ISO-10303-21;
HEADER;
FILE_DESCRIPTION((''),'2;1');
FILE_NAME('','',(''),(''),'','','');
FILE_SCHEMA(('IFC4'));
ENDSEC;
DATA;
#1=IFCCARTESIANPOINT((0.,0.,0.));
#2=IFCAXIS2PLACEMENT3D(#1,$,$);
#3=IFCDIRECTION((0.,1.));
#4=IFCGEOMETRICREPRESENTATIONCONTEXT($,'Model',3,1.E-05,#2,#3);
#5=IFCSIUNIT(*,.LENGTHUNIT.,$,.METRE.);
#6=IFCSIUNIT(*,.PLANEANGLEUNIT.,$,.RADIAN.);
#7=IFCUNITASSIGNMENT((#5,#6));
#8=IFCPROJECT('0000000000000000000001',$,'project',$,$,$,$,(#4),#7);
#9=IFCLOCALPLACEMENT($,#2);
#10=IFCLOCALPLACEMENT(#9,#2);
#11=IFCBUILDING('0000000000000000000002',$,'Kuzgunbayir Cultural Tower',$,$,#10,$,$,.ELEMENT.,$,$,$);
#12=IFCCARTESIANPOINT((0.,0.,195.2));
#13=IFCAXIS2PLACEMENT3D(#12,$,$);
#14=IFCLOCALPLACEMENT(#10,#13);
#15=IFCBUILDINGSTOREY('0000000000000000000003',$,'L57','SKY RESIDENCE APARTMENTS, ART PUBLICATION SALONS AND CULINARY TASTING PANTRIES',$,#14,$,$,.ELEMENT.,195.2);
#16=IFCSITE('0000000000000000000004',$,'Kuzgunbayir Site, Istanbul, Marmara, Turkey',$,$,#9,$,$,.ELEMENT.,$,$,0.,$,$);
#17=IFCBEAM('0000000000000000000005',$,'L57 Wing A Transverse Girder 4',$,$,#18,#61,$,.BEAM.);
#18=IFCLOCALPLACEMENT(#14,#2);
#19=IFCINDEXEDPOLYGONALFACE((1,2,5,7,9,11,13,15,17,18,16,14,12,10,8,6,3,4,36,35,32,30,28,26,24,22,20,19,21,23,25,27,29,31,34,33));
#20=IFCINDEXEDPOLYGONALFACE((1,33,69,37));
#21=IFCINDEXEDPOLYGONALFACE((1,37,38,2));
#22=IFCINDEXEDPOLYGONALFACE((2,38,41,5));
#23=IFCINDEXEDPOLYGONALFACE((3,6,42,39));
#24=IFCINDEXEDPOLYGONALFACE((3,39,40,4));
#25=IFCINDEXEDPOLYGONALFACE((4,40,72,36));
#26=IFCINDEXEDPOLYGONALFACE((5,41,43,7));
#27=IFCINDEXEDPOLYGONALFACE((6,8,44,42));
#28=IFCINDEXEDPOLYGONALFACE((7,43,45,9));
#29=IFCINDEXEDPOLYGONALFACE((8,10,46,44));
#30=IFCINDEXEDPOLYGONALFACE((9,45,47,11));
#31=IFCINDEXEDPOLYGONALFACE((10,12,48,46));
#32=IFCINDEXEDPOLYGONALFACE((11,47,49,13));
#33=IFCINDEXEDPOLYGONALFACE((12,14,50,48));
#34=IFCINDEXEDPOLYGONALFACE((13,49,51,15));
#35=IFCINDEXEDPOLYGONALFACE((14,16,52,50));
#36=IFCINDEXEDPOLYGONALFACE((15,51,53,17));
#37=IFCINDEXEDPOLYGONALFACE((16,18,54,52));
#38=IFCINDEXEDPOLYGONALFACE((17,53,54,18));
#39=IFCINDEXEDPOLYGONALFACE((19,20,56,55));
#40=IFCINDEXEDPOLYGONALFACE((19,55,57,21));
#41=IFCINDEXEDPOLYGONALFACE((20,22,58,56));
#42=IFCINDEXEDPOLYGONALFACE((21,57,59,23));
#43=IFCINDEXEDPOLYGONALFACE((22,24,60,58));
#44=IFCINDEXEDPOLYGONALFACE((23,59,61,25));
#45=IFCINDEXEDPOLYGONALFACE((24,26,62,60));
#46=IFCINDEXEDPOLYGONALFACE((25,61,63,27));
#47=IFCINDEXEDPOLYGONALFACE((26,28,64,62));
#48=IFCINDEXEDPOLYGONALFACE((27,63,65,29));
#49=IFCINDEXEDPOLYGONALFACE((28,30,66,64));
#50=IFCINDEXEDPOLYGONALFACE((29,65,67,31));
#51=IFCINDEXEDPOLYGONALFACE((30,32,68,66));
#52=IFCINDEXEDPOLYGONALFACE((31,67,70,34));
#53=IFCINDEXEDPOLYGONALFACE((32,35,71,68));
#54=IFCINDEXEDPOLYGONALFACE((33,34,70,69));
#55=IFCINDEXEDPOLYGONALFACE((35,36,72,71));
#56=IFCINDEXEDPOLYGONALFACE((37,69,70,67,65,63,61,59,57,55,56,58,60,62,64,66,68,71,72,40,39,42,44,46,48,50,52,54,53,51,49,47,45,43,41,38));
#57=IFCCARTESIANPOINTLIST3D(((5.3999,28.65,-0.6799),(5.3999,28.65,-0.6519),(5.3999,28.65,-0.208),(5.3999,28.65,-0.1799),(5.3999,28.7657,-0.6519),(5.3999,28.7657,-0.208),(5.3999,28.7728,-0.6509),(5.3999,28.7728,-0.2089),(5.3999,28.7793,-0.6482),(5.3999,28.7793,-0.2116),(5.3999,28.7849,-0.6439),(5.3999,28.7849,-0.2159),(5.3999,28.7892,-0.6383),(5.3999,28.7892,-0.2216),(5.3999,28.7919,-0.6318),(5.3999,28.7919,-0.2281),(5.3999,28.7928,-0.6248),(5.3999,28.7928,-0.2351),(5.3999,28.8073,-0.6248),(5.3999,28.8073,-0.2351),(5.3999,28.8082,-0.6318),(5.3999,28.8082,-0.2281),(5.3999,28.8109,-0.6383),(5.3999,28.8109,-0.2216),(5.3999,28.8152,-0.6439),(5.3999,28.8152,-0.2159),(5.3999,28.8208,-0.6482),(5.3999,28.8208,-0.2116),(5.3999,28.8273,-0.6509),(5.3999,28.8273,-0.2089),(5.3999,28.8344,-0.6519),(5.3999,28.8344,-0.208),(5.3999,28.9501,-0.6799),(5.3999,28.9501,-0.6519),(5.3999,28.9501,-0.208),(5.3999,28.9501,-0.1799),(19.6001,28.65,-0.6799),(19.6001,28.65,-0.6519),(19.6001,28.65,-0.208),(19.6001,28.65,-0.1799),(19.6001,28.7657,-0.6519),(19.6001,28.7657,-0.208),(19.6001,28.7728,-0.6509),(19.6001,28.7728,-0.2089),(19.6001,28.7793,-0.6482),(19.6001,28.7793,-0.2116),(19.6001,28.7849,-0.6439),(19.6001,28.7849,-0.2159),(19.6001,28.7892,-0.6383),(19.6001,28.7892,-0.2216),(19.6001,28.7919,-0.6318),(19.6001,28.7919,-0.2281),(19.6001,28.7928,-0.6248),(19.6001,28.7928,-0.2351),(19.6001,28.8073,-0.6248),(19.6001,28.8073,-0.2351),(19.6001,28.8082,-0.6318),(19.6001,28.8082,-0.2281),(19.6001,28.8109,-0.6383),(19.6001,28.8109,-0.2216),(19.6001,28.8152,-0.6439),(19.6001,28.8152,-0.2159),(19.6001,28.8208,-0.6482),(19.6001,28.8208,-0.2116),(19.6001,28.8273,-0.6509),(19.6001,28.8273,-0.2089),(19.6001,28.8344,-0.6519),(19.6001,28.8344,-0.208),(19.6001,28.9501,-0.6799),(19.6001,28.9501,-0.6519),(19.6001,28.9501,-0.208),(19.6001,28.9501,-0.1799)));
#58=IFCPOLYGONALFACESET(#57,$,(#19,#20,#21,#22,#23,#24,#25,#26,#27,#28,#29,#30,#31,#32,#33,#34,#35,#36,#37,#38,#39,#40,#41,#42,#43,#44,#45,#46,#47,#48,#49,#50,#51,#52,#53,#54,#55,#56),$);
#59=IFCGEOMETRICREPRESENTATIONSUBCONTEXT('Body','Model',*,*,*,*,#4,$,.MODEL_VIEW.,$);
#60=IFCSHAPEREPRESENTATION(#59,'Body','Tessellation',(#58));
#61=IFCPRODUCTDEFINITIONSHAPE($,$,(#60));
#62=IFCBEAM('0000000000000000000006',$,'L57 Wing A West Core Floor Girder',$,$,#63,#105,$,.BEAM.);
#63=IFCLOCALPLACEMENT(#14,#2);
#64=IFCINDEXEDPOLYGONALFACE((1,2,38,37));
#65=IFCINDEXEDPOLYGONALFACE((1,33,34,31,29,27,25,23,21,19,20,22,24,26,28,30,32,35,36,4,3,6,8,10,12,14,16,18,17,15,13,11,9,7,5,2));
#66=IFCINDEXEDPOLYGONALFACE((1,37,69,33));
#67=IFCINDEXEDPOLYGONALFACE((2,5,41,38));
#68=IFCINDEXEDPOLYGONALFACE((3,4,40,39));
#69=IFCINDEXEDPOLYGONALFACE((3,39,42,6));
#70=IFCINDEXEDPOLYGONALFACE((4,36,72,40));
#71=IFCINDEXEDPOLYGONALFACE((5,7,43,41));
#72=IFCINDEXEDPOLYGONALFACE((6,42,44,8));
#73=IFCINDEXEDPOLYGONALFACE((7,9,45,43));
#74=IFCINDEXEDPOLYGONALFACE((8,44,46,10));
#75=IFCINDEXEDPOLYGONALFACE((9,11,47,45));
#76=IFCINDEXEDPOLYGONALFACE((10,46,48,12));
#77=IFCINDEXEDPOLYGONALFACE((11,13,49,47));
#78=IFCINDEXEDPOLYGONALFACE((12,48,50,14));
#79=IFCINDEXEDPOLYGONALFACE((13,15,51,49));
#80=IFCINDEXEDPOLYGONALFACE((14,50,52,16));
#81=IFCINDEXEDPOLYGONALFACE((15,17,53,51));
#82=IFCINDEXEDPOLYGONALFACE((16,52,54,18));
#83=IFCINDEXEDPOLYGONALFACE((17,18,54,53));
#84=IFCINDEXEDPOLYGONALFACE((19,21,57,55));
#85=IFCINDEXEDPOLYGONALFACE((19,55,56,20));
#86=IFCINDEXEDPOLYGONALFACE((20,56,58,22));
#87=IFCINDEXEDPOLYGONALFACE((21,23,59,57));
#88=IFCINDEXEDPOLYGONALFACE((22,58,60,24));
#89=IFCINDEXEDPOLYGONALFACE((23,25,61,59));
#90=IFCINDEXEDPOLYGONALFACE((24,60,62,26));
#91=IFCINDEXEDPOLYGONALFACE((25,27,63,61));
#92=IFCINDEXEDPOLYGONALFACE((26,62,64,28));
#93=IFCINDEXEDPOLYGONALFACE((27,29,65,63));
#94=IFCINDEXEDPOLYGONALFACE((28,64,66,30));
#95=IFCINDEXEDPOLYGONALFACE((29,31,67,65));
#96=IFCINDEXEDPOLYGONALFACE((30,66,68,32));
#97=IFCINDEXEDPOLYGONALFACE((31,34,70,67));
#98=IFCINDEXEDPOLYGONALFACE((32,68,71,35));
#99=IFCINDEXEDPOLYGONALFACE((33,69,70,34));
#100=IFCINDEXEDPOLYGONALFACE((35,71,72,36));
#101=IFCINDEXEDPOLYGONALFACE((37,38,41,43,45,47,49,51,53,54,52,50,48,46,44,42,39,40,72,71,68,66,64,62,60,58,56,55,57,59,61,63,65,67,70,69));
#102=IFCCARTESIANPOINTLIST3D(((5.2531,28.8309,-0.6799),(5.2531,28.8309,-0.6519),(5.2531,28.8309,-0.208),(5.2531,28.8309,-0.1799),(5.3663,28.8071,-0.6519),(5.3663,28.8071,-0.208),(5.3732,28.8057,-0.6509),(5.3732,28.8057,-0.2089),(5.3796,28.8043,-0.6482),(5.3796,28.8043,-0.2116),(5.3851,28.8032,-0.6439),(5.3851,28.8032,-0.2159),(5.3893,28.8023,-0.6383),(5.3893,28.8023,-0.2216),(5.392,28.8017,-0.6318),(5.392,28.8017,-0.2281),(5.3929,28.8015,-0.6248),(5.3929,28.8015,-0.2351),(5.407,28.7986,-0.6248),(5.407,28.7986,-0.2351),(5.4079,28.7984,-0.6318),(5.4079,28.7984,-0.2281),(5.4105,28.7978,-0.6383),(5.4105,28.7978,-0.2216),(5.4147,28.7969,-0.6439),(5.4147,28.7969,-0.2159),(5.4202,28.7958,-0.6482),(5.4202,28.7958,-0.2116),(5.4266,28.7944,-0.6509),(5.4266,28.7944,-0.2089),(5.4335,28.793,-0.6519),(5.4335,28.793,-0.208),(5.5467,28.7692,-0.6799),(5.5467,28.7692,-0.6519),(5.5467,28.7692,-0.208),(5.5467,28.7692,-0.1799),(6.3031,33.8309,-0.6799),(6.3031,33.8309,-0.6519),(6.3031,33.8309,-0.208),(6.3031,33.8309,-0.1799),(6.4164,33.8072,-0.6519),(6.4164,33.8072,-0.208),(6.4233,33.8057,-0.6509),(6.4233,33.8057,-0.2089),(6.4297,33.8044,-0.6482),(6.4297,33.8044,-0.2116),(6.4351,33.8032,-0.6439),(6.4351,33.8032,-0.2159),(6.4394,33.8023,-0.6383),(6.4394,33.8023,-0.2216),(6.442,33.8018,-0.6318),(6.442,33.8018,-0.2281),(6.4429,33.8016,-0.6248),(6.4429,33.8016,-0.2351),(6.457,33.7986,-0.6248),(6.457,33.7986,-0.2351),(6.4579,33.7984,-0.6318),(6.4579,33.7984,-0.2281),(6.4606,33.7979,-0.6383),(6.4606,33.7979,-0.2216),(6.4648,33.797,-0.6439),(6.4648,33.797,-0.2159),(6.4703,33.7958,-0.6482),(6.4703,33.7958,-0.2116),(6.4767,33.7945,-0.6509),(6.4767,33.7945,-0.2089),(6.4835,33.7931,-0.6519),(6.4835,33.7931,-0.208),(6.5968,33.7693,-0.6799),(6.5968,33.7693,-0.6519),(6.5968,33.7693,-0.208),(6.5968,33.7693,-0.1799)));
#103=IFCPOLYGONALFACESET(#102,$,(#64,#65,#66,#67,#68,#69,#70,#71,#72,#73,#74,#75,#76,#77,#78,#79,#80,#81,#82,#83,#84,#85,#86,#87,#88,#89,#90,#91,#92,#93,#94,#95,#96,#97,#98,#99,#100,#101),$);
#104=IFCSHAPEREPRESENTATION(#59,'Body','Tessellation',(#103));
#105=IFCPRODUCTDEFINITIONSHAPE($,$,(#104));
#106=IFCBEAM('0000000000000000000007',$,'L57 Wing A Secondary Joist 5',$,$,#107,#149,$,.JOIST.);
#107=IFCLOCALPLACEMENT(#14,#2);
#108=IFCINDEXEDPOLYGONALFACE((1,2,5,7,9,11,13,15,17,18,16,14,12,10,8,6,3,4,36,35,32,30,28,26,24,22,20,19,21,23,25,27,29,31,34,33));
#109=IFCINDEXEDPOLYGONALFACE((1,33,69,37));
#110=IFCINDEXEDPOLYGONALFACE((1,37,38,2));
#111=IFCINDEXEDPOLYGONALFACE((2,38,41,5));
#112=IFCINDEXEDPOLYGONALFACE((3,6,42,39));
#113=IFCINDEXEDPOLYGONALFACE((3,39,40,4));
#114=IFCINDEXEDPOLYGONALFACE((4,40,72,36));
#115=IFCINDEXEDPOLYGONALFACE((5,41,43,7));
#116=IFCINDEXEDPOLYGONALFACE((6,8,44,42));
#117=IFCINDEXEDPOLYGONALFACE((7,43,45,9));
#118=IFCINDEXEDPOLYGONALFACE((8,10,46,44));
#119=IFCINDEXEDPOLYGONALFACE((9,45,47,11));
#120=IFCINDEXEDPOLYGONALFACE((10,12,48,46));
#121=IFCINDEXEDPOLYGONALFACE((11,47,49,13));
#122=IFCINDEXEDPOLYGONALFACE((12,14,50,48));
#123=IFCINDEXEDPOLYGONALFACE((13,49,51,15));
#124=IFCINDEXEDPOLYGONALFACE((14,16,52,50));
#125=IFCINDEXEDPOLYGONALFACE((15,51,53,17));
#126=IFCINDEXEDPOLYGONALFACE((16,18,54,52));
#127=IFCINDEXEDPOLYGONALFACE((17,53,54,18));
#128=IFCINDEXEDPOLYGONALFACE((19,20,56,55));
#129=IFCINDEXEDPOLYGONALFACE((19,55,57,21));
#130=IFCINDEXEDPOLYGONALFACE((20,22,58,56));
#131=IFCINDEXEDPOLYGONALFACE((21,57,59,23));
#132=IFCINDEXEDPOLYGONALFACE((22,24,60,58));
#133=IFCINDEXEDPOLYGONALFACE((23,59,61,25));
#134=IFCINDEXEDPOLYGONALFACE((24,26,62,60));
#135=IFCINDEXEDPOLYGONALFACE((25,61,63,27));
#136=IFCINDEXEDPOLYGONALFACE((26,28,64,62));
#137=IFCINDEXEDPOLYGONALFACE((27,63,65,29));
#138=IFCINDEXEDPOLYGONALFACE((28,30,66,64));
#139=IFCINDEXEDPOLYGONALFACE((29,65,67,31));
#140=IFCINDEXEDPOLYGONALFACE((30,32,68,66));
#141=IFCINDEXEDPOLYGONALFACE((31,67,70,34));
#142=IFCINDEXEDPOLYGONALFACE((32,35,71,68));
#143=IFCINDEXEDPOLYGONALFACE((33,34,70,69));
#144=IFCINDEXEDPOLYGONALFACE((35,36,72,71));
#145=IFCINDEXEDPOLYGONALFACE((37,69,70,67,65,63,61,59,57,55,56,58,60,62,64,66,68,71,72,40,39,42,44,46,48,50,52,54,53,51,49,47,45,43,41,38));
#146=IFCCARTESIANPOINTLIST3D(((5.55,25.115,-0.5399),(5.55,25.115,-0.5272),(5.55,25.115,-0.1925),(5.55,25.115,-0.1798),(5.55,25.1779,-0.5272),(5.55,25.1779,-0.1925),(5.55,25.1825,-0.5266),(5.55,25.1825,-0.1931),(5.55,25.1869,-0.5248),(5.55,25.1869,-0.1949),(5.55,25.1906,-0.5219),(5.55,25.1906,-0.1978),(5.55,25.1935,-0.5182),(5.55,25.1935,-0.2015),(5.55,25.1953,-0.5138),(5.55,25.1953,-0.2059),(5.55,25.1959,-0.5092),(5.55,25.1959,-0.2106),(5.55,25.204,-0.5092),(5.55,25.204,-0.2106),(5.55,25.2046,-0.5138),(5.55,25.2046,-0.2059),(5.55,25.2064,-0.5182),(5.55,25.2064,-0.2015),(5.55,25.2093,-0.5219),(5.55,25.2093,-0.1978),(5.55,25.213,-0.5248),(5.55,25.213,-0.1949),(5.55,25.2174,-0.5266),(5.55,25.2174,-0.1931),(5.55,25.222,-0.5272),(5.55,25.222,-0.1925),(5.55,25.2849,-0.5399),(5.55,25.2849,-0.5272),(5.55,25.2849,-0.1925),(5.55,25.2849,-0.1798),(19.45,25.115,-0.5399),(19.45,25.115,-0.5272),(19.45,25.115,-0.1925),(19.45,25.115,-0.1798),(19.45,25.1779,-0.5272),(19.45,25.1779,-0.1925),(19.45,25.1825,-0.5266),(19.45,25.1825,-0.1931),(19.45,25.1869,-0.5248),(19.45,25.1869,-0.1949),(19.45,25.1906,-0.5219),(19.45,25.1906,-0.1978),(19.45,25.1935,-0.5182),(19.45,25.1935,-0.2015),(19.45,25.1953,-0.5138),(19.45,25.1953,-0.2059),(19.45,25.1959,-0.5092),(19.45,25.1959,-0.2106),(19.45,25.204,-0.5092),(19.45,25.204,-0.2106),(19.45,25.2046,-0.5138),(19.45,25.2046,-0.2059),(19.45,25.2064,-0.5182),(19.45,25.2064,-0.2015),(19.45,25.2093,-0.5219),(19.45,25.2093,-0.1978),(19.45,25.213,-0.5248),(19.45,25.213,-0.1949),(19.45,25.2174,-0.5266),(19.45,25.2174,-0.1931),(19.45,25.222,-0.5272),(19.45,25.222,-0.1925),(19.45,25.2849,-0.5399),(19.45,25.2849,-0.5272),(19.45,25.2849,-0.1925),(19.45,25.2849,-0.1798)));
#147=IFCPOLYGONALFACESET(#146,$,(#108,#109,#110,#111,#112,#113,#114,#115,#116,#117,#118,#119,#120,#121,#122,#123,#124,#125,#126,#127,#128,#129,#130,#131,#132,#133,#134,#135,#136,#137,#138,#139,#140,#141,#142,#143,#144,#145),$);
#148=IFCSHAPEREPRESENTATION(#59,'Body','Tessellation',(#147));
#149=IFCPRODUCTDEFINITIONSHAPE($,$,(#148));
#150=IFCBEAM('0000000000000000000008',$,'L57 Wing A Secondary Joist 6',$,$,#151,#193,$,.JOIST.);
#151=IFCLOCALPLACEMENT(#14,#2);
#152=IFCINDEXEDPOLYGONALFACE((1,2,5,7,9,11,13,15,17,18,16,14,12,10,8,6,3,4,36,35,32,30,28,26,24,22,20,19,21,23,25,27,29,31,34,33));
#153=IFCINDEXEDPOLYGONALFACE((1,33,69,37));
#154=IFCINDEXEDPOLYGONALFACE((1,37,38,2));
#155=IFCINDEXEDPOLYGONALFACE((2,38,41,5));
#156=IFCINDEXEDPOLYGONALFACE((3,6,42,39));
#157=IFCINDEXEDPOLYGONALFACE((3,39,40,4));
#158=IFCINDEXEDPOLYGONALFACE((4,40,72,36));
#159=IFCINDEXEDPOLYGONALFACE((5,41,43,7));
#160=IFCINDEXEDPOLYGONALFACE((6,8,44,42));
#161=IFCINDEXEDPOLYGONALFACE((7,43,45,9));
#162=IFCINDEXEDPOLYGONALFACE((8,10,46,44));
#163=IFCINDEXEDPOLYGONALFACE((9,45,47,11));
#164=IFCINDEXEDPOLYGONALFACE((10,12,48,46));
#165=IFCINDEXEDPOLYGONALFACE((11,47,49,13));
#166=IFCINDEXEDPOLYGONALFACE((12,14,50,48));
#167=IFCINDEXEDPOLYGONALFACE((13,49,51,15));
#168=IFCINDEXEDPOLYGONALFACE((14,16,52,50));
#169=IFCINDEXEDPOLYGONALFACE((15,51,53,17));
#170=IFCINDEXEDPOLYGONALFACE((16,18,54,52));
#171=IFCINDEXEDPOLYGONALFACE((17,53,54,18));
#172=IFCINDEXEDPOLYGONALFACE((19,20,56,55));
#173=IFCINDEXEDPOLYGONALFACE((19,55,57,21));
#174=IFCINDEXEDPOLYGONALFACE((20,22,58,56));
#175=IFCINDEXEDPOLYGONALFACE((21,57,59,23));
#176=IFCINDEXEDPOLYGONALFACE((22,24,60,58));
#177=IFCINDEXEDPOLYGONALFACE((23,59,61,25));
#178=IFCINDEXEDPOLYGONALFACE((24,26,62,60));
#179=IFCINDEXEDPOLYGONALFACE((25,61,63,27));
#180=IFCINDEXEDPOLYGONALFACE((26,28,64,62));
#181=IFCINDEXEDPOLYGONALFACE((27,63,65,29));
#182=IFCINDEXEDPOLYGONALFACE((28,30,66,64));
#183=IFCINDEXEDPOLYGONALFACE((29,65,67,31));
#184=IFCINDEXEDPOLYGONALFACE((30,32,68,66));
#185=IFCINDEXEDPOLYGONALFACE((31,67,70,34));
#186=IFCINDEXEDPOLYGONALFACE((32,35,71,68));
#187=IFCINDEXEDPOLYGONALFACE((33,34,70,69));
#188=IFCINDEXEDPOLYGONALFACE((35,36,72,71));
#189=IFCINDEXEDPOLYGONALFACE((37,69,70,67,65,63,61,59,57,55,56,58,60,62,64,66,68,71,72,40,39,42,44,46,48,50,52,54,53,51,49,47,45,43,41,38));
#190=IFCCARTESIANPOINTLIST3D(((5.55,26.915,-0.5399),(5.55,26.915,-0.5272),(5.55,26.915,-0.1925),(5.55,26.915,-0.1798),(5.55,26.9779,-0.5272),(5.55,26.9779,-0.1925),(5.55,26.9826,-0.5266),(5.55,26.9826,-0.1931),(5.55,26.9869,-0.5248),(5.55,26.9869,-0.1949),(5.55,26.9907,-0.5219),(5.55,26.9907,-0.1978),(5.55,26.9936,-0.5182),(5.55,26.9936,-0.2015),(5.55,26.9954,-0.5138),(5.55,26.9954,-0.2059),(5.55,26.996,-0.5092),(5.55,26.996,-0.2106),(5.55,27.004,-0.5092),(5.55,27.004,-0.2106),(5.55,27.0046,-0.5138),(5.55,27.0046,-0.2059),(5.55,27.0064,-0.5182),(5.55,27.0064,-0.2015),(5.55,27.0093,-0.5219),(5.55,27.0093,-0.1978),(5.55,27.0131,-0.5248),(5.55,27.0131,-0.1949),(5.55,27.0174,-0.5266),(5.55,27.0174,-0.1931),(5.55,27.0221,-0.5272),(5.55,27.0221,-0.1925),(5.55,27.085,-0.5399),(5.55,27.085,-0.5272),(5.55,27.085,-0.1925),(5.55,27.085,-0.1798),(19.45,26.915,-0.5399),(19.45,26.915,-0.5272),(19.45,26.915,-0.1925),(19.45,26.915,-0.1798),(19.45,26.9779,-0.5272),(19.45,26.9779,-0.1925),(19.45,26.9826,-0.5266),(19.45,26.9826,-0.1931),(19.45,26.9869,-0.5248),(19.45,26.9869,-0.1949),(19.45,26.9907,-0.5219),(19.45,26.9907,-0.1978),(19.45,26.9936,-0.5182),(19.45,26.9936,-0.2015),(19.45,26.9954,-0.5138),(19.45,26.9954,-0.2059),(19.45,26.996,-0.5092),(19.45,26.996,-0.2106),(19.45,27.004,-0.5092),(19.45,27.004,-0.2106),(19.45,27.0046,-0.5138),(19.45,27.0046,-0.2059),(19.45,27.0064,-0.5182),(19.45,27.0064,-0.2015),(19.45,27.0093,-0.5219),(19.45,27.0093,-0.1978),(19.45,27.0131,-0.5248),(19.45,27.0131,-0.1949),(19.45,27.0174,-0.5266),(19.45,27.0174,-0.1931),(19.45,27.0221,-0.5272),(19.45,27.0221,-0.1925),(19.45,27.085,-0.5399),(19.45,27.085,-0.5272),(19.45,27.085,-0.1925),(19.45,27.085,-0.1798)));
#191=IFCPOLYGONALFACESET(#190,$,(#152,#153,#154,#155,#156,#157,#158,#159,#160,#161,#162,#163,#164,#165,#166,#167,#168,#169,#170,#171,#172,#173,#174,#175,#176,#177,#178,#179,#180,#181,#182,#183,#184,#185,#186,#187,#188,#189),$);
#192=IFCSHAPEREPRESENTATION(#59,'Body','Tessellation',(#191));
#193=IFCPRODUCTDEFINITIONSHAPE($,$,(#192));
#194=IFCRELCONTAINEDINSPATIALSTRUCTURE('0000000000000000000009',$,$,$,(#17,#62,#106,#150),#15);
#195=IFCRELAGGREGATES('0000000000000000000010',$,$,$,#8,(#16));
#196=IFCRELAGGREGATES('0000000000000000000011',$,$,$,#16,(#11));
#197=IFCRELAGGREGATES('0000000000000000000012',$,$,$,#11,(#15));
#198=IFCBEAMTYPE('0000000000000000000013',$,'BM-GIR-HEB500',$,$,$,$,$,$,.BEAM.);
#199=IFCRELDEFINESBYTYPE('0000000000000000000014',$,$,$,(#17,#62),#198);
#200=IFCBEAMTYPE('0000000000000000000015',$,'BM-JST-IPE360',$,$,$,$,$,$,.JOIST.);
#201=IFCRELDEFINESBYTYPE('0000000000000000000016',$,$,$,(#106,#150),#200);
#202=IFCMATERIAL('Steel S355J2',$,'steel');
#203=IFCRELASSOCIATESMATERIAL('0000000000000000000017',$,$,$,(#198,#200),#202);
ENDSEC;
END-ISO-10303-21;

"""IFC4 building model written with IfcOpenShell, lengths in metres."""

from ifc_helpers import new_model, si_unit, direction, frame, origin, origin_2d, place, context, subcontext, project, spatial, i_section, extrude, material, material_profile, profile_set, type_object, element, save


model = new_model("IFC4")

# Units and contexts
model_context = context("Model", 3, precision=1e-05, world=origin(), true_north=direction((0.0, 1.0)))
body_context = subcontext(model_context, "Body", "Model", "MODEL_VIEW")
ifc_project = project(units=[si_unit("LENGTHUNIT", "METRE"), si_unit("PLANEANGLEUNIT", "RADIAN")], contexts=[model_context])

# Site, building, storey
site_placement = place(None, origin())
site = spatial("IfcSite", under=ifc_project, at=site_placement, Name="Kuzgunbayir Site, Istanbul, Marmara, Turkey", CompositionType="ELEMENT", RefElevation=0.0)
building_placement = place(site_placement, origin())
building = spatial("IfcBuilding", under=site, at=building_placement, Name="Kuzgunbayir Cultural Tower", CompositionType="ELEMENT")
storey_placement = place(building_placement, frame((0.0, 0.0, 195.2)))
storey = spatial("IfcBuildingStorey", under=building, at=storey_placement, Name="L57", Description="SKY RESIDENCE APARTMENTS, ART PUBLICATION SALONS AND CULINARY TASTING PANTRIES", CompositionType="ELEMENT", Elevation=195.2)

# Beams
ifc_material_1 = material(Name="Steel S355J2", Category="steel")
ifc_material_profile_1 = material_profile(ifc_material_1, i_section(OverallWidth=0.3, OverallDepth=0.5, WebThickness=0.0144, FlangeThickness=0.0281, FilletRadius=0.0271, at=origin_2d()), Name="HEB 500")
ifc_profile_set_1 = profile_set([ifc_material_profile_1], Name="Steel S355J2")
beam_type_1 = type_object("IfcBeamType", Name="BM-GIR-HEB500", PredefinedType="BEAM", material=ifc_profile_set_1)
for number, where, z_axis, x_axis, name in (
    (1, (5.3999, 28.8, -0.4299), (1.0, 0.0, 0.0), (0.0, 1.0, 0.0), "L57 Wing A Transverse Girder 4"),
):
    element("IfcBeam", number, at=place(storey_placement, frame(where, z_axis=z_axis, x_axis=x_axis)), inside=storey, type_object=beam_type_1, Name=name, PredefinedType="BEAM", context=body_context, shape_type="SweptSolid", body=[
        extrude(i_section(OverallWidth=0.3, OverallDepth=0.5, WebThickness=0.0144, FlangeThickness=0.0281, FilletRadius=0.0271, at=origin_2d()), origin(), (0.0, 0.0, 1.0), 14.2002),
    ])
beam_1_placement = place(storey_placement, frame((5.3999, 28.8, -0.4299), z_axis=(0.205526, 0.978652, 0.0), x_axis=(-0.978652, 0.205526, 0.0)))
element("IfcBeam", 2, at=beam_1_placement, inside=storey, type_object=beam_type_1, Name="L57 Wing A West Core Floor Girder", PredefinedType="BEAM", context=body_context, shape_type="SweptSolid", body=[
    extrude(i_section(OverallWidth=0.3, OverallDepth=0.5, WebThickness=0.0144, FlangeThickness=0.0281, FilletRadius=0.0271, at=origin_2d()), origin(), (0.0, 0.0, 1.0), 5.1091),
])
ifc_material_profile_2 = material_profile(ifc_material_1, i_section(OverallWidth=0.1699, OverallDepth=0.3601, WebThickness=0.0081, FlangeThickness=0.0127, FilletRadius=0.0181, at=origin_2d()), Name="IPE 360")
ifc_profile_set_2 = profile_set([ifc_material_profile_2], Name="Steel S355J2")
beam_type_2 = type_object("IfcBeamType", Name="BM-JST-IPE360", PredefinedType="JOIST", material=ifc_profile_set_2)
for number, where, z_axis, x_axis, name in (
    (3, (5.55, 25.2, -0.3599), (1.0, 0.0, 0.0), (0.0, 1.0, 0.0), "L57 Wing A Secondary Joist 5"),
    (4, (5.55, 27.0, -0.3599), (1.0, 0.0, 0.0), (0.0, 1.0, 0.0), "L57 Wing A Secondary Joist 6"),
):
    element("IfcBeam", number, at=place(storey_placement, frame(where, z_axis=z_axis, x_axis=x_axis)), inside=storey, type_object=beam_type_2, Name=name, PredefinedType="JOIST", context=body_context, shape_type="SweptSolid", body=[
        extrude(i_section(OverallWidth=0.1699, OverallDepth=0.3601, WebThickness=0.0081, FlangeThickness=0.0127, FilletRadius=0.0181, at=origin_2d()), origin(), (0.0, 0.0, 1.0), 13.8999),
    ])

save(model, "model.ifc")
